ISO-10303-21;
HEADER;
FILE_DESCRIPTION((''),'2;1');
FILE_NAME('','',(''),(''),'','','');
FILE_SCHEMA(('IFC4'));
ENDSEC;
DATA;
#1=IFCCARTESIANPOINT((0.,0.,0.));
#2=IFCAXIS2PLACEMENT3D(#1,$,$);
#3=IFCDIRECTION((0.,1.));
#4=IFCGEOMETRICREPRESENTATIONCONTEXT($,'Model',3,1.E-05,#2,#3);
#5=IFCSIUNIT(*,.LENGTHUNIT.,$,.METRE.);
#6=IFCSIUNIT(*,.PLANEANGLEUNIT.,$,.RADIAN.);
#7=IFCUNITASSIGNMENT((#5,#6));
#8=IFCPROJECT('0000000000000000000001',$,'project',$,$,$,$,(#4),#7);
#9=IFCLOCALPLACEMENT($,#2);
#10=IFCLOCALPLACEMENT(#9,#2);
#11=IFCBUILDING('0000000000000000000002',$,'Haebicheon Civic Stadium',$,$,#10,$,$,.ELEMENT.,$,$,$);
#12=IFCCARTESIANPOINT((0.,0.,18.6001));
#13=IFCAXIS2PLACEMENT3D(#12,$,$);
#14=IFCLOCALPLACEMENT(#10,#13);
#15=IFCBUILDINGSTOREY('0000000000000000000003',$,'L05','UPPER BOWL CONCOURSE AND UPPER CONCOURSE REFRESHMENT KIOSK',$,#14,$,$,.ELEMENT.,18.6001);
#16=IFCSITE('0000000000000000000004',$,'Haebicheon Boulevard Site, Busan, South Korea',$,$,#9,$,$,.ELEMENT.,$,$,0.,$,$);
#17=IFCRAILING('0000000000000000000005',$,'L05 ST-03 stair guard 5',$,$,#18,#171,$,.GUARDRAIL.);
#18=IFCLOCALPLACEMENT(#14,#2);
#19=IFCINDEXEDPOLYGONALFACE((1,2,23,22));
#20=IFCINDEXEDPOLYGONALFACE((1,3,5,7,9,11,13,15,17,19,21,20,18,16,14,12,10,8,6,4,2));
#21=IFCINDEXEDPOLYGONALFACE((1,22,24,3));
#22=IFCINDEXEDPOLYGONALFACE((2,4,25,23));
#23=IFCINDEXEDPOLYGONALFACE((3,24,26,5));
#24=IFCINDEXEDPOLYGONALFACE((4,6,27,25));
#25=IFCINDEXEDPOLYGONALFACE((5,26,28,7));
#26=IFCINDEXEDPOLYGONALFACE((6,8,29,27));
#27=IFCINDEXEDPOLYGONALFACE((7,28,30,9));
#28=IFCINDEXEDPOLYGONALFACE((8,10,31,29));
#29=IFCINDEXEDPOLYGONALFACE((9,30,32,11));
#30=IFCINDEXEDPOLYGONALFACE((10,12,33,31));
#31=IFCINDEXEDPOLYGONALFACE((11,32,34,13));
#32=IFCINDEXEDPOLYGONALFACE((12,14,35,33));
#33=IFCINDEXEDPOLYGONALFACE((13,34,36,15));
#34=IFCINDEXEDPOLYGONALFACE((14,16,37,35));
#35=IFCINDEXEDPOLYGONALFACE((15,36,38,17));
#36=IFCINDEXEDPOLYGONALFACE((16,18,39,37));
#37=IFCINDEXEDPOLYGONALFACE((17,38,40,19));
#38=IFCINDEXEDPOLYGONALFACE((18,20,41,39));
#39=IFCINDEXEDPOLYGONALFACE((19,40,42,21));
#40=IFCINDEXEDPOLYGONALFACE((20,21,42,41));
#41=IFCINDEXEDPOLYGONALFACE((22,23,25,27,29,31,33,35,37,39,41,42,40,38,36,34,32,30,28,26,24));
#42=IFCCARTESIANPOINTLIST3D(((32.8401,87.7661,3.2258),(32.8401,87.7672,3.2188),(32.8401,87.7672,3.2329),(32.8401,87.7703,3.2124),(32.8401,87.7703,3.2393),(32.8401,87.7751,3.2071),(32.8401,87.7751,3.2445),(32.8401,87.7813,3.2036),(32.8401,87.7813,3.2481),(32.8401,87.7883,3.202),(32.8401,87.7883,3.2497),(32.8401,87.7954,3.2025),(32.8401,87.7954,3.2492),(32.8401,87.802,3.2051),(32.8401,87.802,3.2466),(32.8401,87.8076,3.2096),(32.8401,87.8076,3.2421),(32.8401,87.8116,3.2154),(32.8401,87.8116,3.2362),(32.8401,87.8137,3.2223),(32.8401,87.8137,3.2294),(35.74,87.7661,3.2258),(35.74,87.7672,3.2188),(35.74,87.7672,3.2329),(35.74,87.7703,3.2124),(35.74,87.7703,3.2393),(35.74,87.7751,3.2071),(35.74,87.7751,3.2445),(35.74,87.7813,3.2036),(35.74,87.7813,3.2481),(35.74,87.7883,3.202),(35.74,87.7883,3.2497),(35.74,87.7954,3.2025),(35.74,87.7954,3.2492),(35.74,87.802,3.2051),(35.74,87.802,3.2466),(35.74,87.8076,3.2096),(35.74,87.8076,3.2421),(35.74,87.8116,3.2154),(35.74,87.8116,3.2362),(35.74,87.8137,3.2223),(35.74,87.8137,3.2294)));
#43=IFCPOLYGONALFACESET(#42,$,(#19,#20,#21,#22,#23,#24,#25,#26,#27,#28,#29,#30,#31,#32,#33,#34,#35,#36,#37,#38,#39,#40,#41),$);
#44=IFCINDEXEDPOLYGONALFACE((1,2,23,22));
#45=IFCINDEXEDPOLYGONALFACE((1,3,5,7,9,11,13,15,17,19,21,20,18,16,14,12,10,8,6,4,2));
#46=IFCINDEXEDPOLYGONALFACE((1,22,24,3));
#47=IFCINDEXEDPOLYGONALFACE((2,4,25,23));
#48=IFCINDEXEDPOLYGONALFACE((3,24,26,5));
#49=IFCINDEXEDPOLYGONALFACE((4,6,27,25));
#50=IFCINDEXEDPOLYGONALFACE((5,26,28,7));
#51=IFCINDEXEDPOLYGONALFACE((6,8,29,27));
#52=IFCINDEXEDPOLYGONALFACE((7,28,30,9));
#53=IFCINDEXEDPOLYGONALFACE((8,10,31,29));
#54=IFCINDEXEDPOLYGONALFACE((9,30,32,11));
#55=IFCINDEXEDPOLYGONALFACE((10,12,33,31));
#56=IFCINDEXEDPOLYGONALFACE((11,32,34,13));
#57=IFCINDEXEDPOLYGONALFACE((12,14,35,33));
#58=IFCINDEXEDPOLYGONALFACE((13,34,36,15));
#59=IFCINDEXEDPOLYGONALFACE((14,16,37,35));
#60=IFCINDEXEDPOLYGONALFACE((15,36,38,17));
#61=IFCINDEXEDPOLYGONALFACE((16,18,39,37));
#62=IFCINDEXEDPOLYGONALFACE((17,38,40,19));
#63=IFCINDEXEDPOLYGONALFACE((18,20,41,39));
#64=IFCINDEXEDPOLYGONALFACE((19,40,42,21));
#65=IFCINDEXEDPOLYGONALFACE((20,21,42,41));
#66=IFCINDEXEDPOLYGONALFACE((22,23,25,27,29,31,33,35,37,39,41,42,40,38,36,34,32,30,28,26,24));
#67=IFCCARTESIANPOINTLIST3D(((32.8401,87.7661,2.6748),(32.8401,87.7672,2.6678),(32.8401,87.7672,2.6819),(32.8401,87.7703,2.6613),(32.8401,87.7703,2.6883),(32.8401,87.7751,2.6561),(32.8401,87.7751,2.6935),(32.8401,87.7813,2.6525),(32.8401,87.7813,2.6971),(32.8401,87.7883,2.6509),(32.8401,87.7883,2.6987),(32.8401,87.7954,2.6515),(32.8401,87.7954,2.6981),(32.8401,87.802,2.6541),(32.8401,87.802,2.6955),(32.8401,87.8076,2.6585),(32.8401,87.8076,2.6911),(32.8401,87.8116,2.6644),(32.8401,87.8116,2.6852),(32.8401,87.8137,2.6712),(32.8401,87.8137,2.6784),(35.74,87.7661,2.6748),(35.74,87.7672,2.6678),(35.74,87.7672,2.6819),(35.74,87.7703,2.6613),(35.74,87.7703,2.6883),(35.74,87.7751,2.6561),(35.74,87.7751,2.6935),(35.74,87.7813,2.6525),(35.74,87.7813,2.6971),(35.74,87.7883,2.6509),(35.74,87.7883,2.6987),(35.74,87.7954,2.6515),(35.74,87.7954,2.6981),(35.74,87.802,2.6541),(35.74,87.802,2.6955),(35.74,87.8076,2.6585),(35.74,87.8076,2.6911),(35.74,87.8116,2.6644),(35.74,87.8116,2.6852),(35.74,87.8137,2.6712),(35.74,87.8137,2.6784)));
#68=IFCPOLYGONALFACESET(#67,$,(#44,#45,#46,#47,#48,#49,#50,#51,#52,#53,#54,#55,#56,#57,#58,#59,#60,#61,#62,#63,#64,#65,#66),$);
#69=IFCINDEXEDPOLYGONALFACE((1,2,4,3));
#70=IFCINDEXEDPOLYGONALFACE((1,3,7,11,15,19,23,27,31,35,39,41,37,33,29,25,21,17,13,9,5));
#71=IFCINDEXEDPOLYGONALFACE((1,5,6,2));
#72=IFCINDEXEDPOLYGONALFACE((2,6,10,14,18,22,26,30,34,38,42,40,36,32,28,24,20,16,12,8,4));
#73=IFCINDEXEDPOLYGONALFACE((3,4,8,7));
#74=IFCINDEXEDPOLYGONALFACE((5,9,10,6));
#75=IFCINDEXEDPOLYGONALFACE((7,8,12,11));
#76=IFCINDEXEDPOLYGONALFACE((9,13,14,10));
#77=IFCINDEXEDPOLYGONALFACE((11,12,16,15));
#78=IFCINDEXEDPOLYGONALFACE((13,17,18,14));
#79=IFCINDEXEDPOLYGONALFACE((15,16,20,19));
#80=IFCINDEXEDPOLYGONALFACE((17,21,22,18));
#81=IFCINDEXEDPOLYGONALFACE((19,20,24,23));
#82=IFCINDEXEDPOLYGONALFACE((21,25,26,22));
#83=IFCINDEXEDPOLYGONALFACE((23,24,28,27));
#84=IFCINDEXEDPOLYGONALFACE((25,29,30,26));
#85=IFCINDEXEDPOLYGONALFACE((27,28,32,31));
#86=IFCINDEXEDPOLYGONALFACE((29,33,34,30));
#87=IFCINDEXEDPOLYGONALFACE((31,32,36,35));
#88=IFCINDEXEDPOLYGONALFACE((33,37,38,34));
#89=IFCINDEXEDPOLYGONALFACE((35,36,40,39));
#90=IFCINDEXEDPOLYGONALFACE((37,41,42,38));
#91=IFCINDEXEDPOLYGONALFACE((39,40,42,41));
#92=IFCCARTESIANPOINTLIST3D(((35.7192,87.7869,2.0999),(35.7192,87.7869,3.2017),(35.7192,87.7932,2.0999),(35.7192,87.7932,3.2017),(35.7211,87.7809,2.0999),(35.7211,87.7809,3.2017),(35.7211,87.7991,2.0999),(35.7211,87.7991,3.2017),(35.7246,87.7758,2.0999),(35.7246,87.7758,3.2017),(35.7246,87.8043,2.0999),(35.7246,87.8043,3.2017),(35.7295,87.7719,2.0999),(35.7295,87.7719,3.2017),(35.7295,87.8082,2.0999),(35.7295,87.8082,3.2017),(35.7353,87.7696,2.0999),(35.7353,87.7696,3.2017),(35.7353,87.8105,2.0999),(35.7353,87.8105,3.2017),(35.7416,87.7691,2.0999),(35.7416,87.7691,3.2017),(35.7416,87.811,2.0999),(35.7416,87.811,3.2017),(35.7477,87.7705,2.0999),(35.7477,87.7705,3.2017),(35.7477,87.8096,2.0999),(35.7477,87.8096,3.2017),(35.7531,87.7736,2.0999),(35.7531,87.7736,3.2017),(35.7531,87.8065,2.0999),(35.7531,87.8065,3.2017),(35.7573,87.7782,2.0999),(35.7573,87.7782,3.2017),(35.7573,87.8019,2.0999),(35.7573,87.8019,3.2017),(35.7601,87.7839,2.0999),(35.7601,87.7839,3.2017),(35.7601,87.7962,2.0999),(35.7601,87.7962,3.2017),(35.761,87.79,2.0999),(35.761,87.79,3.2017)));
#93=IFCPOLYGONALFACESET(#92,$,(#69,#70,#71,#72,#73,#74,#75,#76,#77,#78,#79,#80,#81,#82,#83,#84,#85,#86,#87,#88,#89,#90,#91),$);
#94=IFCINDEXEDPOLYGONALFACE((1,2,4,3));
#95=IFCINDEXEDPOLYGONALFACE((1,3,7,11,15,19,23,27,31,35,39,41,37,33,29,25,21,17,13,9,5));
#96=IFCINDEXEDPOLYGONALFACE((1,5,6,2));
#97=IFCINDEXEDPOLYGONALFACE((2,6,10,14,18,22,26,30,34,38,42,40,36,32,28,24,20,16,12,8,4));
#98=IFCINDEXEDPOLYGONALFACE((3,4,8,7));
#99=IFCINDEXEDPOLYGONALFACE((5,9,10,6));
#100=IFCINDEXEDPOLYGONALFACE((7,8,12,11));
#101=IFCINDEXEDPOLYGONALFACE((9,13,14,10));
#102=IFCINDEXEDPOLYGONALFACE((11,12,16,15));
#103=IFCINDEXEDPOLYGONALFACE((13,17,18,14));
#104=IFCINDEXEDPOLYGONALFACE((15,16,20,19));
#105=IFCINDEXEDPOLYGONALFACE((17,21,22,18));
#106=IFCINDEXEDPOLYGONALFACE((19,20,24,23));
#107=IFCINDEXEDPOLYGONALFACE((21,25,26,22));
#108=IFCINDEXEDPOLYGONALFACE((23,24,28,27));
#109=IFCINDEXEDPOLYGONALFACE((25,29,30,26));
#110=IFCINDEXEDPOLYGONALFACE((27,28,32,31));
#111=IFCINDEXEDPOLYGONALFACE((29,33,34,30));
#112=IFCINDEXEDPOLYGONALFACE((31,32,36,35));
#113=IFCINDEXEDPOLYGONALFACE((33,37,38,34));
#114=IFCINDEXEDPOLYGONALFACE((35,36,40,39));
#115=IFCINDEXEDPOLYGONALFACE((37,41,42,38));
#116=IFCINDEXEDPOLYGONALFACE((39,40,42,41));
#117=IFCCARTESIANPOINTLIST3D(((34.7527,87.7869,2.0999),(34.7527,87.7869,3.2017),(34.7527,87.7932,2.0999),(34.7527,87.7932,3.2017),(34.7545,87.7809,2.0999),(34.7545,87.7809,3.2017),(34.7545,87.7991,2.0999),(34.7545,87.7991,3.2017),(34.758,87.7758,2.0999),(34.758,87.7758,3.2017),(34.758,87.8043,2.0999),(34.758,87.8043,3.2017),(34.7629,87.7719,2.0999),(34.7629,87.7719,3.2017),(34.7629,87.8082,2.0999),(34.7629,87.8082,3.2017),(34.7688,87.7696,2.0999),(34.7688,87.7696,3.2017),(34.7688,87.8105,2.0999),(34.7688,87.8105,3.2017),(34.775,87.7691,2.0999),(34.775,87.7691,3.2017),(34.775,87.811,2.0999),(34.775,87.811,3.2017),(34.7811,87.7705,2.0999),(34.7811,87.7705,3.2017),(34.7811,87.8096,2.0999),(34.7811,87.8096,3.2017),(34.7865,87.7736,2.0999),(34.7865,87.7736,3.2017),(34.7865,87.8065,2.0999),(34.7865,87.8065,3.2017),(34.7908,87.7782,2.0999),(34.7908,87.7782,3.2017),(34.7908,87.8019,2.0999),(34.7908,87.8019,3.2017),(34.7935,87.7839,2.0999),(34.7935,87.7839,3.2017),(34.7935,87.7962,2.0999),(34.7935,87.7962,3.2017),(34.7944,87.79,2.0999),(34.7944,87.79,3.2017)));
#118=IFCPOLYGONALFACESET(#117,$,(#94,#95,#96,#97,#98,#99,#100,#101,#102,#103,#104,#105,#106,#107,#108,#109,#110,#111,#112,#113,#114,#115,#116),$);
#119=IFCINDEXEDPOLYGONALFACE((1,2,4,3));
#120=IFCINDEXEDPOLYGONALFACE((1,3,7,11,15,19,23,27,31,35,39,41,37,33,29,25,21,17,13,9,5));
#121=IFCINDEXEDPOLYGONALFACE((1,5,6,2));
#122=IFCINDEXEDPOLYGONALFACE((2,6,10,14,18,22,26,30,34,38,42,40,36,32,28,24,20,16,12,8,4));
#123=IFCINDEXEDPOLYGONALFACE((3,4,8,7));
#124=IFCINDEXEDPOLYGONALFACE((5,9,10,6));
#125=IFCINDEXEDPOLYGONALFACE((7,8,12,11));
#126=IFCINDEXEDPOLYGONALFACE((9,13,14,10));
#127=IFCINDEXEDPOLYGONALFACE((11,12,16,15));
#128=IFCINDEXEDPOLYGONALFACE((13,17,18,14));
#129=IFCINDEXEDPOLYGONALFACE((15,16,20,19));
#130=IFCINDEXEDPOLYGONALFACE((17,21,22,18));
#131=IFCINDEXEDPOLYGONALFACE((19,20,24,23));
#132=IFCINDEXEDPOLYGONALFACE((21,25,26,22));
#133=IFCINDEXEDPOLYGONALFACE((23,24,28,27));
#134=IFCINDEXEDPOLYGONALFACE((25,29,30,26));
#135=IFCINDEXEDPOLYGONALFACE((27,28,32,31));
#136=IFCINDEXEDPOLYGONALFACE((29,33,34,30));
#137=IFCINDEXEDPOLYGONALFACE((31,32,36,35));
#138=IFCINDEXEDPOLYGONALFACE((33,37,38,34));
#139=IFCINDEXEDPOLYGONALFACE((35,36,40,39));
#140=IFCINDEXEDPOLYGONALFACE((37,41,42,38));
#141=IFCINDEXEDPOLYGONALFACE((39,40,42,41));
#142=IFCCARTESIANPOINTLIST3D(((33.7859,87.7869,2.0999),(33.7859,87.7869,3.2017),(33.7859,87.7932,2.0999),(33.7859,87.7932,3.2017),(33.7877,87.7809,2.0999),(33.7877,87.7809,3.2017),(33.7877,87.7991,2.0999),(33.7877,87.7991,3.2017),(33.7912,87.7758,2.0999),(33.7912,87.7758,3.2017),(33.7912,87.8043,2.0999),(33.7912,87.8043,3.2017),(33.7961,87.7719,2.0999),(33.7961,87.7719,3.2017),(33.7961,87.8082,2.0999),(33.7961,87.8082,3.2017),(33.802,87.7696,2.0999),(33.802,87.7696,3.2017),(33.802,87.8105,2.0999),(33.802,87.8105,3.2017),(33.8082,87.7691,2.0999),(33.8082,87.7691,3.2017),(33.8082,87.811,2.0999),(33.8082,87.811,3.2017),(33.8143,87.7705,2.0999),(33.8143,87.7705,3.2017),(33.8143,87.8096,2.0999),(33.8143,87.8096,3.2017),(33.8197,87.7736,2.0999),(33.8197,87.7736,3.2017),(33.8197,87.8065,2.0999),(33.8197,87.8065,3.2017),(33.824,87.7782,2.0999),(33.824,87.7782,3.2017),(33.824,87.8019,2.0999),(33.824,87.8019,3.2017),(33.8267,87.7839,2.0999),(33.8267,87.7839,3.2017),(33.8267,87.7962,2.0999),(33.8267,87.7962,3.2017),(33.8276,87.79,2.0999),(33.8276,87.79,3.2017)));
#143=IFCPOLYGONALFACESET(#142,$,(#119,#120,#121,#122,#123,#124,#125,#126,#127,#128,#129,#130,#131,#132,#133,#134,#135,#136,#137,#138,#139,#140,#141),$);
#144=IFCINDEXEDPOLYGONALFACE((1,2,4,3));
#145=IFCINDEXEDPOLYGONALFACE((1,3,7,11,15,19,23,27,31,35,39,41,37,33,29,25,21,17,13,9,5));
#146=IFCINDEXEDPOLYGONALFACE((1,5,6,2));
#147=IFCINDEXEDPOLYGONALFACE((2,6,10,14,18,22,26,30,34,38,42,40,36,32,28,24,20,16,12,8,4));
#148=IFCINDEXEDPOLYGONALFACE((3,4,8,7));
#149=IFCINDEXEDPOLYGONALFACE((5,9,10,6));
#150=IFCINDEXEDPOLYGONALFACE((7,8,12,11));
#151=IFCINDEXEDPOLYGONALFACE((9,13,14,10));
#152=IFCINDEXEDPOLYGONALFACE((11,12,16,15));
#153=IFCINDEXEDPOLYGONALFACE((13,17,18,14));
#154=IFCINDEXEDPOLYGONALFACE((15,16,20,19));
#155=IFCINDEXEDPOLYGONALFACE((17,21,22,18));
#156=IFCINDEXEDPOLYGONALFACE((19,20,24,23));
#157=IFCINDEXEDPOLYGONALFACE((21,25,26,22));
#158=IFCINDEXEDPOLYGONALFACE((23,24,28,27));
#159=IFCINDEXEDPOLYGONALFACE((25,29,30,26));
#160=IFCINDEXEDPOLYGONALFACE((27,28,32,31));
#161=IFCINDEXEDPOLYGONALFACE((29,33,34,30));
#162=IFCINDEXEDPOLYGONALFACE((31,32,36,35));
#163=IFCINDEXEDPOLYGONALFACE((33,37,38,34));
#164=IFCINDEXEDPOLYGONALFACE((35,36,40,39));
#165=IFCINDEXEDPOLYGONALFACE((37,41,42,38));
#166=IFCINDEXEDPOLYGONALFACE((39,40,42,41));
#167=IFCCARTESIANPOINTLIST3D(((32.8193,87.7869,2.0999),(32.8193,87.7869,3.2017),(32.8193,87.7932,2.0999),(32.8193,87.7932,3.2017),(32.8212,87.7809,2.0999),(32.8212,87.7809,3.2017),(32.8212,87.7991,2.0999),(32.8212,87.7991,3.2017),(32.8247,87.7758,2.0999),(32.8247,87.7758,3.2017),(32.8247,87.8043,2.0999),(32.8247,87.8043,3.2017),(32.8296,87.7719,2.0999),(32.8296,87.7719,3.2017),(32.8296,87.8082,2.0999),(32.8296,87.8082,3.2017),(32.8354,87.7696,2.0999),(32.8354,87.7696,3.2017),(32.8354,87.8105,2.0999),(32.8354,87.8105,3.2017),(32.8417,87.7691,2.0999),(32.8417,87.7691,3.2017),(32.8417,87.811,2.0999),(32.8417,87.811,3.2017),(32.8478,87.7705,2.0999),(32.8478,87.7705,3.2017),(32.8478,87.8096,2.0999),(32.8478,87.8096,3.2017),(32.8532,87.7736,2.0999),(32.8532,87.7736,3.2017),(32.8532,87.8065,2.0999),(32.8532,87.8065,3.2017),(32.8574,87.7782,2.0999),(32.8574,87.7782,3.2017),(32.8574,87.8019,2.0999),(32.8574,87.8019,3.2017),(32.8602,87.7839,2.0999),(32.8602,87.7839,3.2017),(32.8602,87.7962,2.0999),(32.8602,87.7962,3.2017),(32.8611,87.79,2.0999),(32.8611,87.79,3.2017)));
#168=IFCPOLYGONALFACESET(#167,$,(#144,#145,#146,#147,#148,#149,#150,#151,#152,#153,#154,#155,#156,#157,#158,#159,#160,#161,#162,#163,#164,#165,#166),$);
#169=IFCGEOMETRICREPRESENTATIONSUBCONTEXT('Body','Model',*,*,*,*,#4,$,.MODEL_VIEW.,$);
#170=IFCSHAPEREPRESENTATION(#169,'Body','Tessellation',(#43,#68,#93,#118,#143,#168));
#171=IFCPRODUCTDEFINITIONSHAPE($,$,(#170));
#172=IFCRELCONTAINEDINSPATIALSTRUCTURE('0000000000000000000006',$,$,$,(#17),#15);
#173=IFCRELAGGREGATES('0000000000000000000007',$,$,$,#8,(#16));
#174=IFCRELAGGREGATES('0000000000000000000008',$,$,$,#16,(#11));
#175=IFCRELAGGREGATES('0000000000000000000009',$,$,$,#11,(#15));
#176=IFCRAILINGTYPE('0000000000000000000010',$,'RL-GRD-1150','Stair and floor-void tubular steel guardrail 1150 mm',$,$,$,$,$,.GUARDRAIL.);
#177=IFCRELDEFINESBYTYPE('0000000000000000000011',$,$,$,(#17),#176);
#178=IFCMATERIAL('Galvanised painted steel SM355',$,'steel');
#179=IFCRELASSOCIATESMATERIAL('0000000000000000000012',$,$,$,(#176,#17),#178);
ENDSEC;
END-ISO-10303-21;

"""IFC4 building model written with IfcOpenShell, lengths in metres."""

from ifc_helpers import new_model, si_unit, direction, frame, origin, origin_2d, place, context, subcontext, project, spatial, circle, extrude, material, type_object, element, save


model = new_model("IFC4")

# Units and contexts
model_context = context("Model", 3, precision=1e-05, world=origin(), true_north=direction((0.0, 1.0)))
body_context = subcontext(model_context, "Body", "Model", "MODEL_VIEW")
ifc_project = project(units=[si_unit("LENGTHUNIT", "METRE"), si_unit("PLANEANGLEUNIT", "RADIAN")], contexts=[model_context])

# Site, building, storey
site_placement = place(None, origin())
site = spatial("IfcSite", under=ifc_project, at=site_placement, Name="Haebicheon Boulevard Site, Busan, South Korea", CompositionType="ELEMENT", RefElevation=0.0)
building_placement = place(site_placement, origin())
building = spatial("IfcBuilding", under=site, at=building_placement, Name="Haebicheon Civic Stadium", CompositionType="ELEMENT")
storey_placement = place(building_placement, frame((0.0, 0.0, 18.6001)))
storey = spatial("IfcBuildingStorey", under=building, at=storey_placement, Name="L05", Description="UPPER BOWL CONCOURSE AND UPPER CONCOURSE REFRESHMENT KIOSK", CompositionType="ELEMENT", Elevation=18.6001)

# Railing
ifc_material_1 = material(Name="Galvanised painted steel SM355", Category="steel")
railing_type_1 = type_object("IfcRailingType", Name="RL-GRD-1150", Description="Stair and floor-void tubular steel guardrail 1150 mm", PredefinedType="GUARDRAIL", material=ifc_material_1)
railing_1_placement = place(storey_placement, frame((35.74, 87.79, 2.0999)))
element("IfcRailing", 1, at=railing_1_placement, inside=storey, type_object=railing_type_1, material=ifc_material_1, Name="L05 ST-03 stair guard 5", PredefinedType="GUARDRAIL", context=body_context, shape_type="SweptSolid", body=[
    extrude(circle(Radius=0.0239, at=origin_2d()), frame((0.0, 0.0, 1.126), z_axis=(-1.0, 0.0, 0.0), x_axis=(0.0, -1.0, 0.0)), (0.0, 0.0, 1.0), 2.8999),
    extrude(circle(Radius=0.0239, at=origin_2d()), frame((0.0, 0.0, 0.575), z_axis=(-1.0, 0.0, 0.0), x_axis=(0.0, -1.0, 0.0)), (0.0, 0.0, 1.0), 2.8999),
    extrude(circle(Radius=0.021, at=origin_2d()), origin(), (0.0, 0.0, 1.0), 1.1018),
    extrude(circle(Radius=0.021, at=origin_2d()), frame((-0.9666, 0.0, 0.0)), (0.0, 0.0, 1.0), 1.1018),
    extrude(circle(Radius=0.021, at=origin_2d()), frame((-1.9333, 0.0, 0.0)), (0.0, 0.0, 1.0), 1.1018),
    extrude(circle(Radius=0.021, at=origin_2d()), frame((-2.8999, 0.0, 0.0)), (0.0, 0.0, 1.0), 1.1018),
])

save(model, "model.ifc")
